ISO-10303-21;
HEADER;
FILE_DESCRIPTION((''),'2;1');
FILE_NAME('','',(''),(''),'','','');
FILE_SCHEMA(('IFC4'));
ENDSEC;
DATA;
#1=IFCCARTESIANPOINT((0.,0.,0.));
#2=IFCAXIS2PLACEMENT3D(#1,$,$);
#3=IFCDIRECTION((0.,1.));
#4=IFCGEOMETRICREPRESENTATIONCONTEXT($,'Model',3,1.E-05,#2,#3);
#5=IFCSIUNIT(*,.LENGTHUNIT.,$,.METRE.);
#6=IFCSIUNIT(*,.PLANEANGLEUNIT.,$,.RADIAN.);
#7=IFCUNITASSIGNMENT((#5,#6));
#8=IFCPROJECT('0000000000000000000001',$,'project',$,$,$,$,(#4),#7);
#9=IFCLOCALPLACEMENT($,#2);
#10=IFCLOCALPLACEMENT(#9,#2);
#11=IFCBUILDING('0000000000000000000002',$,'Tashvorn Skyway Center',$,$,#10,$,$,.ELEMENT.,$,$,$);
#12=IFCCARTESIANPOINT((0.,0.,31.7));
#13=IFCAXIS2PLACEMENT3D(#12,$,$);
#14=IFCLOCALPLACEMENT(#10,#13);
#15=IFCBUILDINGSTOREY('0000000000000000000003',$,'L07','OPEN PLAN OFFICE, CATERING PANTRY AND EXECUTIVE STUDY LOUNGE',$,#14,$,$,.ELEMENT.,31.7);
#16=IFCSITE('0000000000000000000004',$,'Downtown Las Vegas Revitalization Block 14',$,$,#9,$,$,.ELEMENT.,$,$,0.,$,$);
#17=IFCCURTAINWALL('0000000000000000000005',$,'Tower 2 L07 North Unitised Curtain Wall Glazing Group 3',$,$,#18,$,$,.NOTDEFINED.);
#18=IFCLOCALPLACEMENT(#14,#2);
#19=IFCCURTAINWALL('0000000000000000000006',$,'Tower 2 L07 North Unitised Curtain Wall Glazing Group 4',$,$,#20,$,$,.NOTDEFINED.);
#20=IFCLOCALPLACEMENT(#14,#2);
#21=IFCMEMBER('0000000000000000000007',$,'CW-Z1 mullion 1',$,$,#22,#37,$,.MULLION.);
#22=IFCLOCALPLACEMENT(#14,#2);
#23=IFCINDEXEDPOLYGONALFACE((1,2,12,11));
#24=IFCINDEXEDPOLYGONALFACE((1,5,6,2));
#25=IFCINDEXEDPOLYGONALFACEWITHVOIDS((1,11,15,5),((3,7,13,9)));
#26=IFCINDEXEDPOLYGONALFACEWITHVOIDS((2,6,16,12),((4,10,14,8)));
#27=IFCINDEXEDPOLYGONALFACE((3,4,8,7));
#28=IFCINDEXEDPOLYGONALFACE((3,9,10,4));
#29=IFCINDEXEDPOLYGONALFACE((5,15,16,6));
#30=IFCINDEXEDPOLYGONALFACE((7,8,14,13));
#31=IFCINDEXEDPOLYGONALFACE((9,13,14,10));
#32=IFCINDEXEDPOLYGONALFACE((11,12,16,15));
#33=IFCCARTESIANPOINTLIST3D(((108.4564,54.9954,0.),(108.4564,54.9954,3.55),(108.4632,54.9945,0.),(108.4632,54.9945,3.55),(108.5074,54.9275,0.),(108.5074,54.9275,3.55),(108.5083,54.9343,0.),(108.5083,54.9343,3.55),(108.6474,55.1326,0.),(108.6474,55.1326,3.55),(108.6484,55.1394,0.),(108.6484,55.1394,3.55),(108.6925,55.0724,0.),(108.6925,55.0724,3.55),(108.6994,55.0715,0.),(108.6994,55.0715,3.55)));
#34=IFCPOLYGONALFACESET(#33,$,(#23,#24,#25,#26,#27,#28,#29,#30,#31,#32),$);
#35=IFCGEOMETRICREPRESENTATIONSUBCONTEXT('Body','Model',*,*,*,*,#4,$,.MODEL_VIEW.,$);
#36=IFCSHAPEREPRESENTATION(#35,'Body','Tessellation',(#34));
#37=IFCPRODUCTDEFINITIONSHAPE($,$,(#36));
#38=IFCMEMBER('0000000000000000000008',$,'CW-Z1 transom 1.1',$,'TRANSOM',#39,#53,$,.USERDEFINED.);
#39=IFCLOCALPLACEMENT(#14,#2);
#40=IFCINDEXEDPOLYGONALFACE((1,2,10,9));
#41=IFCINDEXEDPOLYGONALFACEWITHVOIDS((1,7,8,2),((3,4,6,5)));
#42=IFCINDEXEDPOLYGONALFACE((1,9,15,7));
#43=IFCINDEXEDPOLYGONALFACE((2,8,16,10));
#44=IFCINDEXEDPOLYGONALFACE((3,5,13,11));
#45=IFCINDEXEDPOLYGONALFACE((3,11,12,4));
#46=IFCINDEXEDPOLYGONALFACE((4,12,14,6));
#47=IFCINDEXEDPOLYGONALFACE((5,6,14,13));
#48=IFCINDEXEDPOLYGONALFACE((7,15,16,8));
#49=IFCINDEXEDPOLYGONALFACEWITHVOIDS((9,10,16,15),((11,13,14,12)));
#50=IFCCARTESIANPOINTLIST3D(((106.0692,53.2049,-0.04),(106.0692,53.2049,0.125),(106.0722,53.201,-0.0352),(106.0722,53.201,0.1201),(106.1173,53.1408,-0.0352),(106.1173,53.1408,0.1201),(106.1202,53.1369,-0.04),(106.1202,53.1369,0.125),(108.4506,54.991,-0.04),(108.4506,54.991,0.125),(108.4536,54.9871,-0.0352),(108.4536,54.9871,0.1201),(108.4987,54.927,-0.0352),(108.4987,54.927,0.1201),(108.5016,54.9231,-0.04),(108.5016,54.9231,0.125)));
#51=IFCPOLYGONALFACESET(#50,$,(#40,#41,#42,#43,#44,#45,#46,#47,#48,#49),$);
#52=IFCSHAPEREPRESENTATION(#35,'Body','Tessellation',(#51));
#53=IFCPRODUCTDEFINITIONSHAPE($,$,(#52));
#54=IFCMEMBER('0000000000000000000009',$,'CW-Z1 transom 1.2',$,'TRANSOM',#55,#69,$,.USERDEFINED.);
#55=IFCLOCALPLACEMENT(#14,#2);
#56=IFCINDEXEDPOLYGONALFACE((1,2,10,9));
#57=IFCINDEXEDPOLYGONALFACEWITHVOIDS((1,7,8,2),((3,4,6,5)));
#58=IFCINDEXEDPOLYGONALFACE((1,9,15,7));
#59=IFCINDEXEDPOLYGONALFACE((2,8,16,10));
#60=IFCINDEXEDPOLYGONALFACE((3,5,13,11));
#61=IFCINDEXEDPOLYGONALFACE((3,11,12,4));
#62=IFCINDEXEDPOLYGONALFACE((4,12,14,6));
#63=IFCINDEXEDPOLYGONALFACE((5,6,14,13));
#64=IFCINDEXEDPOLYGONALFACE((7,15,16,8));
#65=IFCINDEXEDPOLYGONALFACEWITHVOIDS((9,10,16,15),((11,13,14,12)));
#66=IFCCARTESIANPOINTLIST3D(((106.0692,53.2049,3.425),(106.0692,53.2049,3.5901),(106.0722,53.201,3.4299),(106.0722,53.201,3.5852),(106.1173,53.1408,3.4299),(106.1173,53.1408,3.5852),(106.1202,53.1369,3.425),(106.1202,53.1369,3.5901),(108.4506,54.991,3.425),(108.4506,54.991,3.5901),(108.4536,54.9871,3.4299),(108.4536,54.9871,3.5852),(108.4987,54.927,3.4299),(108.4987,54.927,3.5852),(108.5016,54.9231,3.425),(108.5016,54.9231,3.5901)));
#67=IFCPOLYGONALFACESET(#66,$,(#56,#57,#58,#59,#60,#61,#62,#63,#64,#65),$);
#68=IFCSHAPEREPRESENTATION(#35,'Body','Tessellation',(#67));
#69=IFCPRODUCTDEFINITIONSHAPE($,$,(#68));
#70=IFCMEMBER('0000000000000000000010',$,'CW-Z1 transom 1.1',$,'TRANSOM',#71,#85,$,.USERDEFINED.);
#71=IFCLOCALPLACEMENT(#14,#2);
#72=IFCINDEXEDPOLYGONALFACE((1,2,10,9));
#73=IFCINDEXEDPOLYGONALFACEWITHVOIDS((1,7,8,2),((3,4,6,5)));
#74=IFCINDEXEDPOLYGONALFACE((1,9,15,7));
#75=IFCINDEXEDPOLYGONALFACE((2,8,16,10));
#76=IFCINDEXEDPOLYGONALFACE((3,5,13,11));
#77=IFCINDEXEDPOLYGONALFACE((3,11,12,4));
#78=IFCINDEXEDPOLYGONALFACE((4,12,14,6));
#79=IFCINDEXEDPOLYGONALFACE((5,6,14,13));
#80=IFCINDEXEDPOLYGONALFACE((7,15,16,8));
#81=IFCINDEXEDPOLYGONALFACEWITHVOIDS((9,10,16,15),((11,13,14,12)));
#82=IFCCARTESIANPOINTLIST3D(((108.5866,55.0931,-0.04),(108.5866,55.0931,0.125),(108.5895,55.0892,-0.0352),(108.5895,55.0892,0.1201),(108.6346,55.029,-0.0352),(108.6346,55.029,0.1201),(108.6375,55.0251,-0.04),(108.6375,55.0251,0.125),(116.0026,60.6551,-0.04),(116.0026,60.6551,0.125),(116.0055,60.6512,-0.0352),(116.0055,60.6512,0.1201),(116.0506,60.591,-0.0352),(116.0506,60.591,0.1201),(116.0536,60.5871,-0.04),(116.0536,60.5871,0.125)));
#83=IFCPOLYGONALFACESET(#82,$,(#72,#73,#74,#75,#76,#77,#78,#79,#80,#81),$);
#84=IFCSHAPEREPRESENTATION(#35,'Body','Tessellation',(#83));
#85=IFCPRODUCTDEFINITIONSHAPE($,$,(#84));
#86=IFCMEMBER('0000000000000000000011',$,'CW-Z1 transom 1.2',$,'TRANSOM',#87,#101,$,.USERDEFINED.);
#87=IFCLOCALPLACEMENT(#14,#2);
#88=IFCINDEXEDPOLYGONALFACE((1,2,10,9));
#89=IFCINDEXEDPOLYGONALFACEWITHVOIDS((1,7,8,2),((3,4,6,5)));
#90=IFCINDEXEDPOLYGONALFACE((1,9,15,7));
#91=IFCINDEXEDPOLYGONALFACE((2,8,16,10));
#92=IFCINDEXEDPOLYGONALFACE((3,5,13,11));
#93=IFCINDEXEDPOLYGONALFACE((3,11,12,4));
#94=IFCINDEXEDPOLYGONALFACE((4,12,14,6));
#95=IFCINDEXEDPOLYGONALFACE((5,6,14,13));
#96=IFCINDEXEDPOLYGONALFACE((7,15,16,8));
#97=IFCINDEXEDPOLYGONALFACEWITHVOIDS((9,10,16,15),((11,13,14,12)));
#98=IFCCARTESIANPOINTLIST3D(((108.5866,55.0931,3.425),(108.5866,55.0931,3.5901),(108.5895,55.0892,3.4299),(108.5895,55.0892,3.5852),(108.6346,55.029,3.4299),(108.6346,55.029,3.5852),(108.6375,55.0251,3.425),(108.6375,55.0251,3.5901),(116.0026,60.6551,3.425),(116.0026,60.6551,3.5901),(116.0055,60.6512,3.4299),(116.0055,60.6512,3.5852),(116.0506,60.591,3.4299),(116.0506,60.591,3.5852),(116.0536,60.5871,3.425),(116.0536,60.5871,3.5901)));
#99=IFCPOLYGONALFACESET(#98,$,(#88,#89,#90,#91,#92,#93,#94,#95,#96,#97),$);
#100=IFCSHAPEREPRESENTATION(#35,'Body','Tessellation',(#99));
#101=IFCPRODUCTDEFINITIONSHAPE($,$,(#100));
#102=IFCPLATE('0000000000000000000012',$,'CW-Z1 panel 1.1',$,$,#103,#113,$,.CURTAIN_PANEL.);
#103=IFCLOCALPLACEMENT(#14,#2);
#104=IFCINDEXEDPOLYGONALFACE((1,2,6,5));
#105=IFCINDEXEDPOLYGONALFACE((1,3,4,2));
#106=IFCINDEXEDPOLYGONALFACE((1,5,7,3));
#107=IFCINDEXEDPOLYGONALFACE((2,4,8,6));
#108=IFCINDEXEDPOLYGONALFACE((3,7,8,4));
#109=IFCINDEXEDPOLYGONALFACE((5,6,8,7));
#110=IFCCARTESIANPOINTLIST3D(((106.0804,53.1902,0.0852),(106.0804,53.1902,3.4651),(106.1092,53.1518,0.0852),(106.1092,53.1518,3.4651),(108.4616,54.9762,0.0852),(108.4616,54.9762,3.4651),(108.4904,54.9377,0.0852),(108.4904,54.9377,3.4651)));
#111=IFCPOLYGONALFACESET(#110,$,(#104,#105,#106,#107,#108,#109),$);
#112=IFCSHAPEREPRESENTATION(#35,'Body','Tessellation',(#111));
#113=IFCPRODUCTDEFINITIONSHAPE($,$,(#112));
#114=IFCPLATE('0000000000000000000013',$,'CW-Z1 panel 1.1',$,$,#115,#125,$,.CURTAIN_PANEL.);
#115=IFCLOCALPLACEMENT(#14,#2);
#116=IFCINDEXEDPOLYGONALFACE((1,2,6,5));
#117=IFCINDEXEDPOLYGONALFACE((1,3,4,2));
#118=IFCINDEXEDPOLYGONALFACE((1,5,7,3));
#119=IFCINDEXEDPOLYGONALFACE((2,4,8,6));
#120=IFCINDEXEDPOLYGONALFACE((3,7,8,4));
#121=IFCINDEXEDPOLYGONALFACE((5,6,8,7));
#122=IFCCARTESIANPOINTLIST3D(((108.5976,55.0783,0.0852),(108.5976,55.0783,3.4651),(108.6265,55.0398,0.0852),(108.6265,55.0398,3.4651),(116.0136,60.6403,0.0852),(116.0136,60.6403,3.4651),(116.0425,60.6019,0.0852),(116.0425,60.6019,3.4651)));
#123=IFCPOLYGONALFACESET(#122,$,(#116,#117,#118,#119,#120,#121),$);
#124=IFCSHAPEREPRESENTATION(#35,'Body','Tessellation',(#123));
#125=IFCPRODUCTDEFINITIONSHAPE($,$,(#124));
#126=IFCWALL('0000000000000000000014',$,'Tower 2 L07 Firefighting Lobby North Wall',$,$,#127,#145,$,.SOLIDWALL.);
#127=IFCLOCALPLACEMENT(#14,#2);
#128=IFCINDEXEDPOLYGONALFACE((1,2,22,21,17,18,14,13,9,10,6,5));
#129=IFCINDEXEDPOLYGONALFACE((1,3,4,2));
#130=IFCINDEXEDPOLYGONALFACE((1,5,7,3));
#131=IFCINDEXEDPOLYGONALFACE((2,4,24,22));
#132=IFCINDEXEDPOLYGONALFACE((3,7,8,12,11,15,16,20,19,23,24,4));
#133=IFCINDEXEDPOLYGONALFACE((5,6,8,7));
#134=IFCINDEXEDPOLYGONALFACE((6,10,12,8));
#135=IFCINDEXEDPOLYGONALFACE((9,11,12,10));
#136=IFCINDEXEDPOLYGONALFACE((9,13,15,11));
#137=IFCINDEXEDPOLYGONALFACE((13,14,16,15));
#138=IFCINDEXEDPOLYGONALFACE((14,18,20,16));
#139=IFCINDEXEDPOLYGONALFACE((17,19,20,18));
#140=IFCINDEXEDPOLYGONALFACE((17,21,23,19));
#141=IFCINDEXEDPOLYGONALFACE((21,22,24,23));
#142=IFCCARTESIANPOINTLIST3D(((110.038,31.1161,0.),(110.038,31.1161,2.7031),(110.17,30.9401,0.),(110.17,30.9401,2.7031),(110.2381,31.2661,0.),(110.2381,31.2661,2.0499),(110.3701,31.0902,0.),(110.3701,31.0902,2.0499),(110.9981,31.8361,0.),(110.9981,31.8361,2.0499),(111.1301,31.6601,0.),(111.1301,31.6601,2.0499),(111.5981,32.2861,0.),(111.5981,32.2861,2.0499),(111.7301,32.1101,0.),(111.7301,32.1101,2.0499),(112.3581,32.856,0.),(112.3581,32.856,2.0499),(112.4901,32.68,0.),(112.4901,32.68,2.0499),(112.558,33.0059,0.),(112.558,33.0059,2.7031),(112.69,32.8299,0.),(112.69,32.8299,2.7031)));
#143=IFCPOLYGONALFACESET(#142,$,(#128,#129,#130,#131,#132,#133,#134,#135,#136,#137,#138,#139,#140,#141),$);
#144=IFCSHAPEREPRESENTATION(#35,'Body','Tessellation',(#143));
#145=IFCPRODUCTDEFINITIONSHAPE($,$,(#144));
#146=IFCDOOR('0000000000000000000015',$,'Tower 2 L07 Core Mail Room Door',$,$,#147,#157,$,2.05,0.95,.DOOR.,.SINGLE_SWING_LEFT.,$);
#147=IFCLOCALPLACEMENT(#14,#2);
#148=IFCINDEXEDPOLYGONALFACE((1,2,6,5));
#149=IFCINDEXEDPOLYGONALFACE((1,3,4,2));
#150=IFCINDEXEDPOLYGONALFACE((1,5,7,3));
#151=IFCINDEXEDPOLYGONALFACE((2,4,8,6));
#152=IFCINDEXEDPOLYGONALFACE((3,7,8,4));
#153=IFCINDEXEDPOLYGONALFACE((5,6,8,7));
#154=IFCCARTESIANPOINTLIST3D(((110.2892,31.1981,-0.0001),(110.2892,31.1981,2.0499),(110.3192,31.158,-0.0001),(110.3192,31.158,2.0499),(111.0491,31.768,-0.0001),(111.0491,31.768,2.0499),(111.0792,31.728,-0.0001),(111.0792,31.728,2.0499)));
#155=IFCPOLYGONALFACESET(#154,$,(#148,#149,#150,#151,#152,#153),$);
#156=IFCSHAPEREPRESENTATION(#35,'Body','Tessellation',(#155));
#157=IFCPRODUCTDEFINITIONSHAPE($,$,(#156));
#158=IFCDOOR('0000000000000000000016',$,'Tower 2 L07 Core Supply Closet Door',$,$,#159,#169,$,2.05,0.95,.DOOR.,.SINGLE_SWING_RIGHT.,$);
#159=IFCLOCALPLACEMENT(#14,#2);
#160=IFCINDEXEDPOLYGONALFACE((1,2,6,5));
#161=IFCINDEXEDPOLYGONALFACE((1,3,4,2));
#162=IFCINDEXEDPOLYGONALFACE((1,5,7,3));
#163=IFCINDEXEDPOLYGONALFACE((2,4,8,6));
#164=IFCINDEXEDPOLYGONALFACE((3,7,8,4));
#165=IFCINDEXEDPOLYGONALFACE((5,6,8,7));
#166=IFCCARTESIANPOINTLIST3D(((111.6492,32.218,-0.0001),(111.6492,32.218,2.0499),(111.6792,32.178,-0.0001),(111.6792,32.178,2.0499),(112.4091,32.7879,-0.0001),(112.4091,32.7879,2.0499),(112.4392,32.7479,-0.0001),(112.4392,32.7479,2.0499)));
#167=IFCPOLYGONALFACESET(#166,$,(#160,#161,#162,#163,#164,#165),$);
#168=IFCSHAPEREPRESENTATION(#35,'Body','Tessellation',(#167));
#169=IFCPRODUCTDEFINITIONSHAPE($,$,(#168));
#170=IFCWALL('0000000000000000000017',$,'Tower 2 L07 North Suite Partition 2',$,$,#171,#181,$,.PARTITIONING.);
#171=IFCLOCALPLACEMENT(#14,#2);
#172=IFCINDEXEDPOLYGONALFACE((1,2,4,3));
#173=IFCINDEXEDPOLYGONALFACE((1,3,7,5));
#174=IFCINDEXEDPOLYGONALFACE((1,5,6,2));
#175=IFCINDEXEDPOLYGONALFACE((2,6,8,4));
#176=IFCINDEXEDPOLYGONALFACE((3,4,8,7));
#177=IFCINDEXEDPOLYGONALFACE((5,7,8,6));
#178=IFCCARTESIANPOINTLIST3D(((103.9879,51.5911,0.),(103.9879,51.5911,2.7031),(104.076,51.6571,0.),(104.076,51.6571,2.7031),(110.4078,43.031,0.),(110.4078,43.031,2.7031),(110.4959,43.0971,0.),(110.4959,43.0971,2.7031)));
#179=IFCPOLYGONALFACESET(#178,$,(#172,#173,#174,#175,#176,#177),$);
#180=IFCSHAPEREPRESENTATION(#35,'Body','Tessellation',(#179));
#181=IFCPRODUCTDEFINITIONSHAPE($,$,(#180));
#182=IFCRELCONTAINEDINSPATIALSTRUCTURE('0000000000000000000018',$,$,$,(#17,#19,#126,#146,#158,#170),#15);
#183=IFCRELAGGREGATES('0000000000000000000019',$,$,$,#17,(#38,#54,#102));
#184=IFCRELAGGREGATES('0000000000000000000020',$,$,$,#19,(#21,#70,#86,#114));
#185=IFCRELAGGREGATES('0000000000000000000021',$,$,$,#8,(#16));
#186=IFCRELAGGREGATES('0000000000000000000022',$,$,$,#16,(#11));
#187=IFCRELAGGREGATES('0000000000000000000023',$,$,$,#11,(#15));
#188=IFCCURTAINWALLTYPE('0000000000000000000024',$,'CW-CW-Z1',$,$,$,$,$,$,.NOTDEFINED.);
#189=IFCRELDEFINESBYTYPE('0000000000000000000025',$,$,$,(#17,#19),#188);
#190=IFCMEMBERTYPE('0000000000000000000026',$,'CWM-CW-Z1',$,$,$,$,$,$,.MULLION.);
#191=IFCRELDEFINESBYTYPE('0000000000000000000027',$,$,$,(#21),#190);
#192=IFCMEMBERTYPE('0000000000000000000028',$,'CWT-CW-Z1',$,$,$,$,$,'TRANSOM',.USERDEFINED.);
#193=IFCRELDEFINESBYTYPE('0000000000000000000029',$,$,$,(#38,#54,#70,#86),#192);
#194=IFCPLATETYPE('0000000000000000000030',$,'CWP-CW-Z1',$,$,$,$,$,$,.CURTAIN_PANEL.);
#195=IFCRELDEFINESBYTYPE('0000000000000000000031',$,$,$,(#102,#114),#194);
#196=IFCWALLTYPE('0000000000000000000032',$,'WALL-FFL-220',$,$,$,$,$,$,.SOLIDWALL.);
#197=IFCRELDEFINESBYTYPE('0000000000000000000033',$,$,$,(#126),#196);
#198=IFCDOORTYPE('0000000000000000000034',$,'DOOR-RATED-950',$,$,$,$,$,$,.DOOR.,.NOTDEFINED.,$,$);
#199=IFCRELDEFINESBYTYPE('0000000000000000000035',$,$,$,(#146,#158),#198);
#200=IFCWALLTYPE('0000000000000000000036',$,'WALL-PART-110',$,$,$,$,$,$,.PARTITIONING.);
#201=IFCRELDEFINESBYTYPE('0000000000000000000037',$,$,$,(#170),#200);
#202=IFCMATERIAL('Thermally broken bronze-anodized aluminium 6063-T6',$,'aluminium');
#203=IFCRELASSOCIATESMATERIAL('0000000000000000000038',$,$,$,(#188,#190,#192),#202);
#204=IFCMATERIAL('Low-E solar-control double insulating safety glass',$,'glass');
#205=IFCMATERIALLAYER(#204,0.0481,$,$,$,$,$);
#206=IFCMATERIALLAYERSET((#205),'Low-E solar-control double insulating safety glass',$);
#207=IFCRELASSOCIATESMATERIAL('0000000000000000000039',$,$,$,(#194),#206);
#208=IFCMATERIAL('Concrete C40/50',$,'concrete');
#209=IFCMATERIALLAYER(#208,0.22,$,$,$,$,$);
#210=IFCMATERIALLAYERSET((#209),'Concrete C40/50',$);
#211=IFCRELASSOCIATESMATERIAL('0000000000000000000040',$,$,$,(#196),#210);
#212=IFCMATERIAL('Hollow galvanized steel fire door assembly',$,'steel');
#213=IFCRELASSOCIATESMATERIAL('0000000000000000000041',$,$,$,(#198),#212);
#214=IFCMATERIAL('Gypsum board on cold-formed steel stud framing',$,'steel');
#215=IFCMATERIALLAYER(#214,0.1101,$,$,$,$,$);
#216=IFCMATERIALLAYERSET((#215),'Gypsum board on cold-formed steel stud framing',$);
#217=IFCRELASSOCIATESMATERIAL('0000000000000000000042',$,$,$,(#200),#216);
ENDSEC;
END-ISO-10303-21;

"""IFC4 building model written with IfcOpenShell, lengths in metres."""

from ifc_helpers import new_model, si_unit, direction, frame, frame_2d, origin, origin_2d, place, context, subcontext, project, spatial, rectangle, hollow_rectangle, extrude, material, layer, layer_set, material_profile, profile_set, type_object, element, fill, aggregate, save


model = new_model("IFC4")

# Units and contexts
model_context = context("Model", 3, precision=1e-05, world=origin(), true_north=direction((0.0, 1.0)))
body_context = subcontext(model_context, "Body", "Model", "MODEL_VIEW")
ifc_project = project(units=[si_unit("LENGTHUNIT", "METRE"), si_unit("PLANEANGLEUNIT", "RADIAN")], contexts=[model_context])

# Site, building, storey
site_placement = place(None, origin())
site = spatial("IfcSite", under=ifc_project, at=site_placement, Name="Downtown Las Vegas Revitalization Block 14", CompositionType="ELEMENT", RefElevation=0.0)
building_placement = place(site_placement, origin())
building = spatial("IfcBuilding", under=site, at=building_placement, Name="Tashvorn Skyway Center", CompositionType="ELEMENT")
storey_placement = place(building_placement, frame((0.0, 0.0, 31.7)))
storey = spatial("IfcBuildingStorey", under=building, at=storey_placement, Name="L07", Description="OPEN PLAN OFFICE, CATERING PANTRY AND EXECUTIVE STUDY LOUNGE", CompositionType="ELEMENT", Elevation=31.7)

# Curtain wall
ifc_material_1 = material(Name="Thermally broken bronze-anodized aluminium 6063-T6", Category="aluminium")
curtain_wall_type = type_object("IfcCurtainWallType", Name="CW-CW-Z1", PredefinedType="NOTDEFINED", material=ifc_material_1)
curtain_wall_1_placement = place(storey_placement, origin())
curtain_wall_1 = element("IfcCurtainWall", 1, at=curtain_wall_1_placement, inside=storey, type_object=curtain_wall_type, Name="Tower 2 L07 North Unitised Curtain Wall Glazing Group 3", PredefinedType="NOTDEFINED")
ifc_material_profile_1 = material_profile(ifc_material_1, hollow_rectangle(XDim=0.085, YDim=0.24, WallThickness=0.0049, at=origin_2d()), Name="ALU-MULL-85x240")
ifc_profile_set_1 = profile_set([ifc_material_profile_1], Name="Thermally broken bronze-anodized aluminium 6063-T6")
member_type_1 = type_object("IfcMemberType", Name="CWM-CW-Z1", PredefinedType="MULLION", material=ifc_profile_set_1)

# Curtain wall, member
curtain_wall_2_placement = place(storey_placement, origin())
curtain_wall_2 = element("IfcCurtainWall", 2, at=curtain_wall_2_placement, inside=storey, type_object=curtain_wall_type, Name="Tower 2 L07 North Unitised Curtain Wall Glazing Group 4", PredefinedType="NOTDEFINED")
member_1_placement = place(storey_placement, frame((108.5779, 55.0334, 0.0), z_axis=(0.0, 0.0, 1.0), x_axis=(-0.6, 0.8, 0.0)))
member_1 = element("IfcMember", 3, at=member_1_placement, type_object=member_type_1, Name="CW-Z1 mullion 1", PredefinedType="MULLION", context=body_context, shape_type="SweptSolid", body=[
    extrude(hollow_rectangle(XDim=0.085, YDim=0.24, WallThickness=0.0049, at=origin_2d()), origin(), (0.0, 0.0, 1.0), 3.55),
])

# Members
ifc_material_profile_2 = material_profile(ifc_material_1, hollow_rectangle(XDim=0.085, YDim=0.165, WallThickness=0.0049, at=origin_2d()), Name="ALU-TRAN-85x165")
ifc_profile_set_2 = profile_set([ifc_material_profile_2], Name="Thermally broken bronze-anodized aluminium 6063-T6")
member_type_2 = type_object("IfcMemberType", Name="CWT-CW-Z1", ElementType="TRANSOM", PredefinedType="USERDEFINED", material=ifc_profile_set_2)
member_2_placement = place(storey_placement, frame((106.0947, 53.1709, 0.0425), z_axis=(0.79998, 0.600026, 0.0), x_axis=(-0.600026, 0.79998, 0.0)))
member_2 = element("IfcMember", 4, at=member_2_placement, type_object=member_type_2, Name="CW-Z1 transom 1.1", ObjectType="TRANSOM", PredefinedType="USERDEFINED", context=body_context, shape_type="SweptSolid", body=[
    extrude(hollow_rectangle(XDim=0.085, YDim=0.165, WallThickness=0.0049, at=origin_2d()), origin(), (0.0, 0.0, 1.0), 2.9768),
])
member_3_placement = place(storey_placement, frame((106.0947, 53.1709, 3.5076), z_axis=(0.79998, 0.600026, 0.0), x_axis=(-0.600026, 0.79998, 0.0)))
member_3 = element("IfcMember", 5, at=member_3_placement, type_object=member_type_2, Name="CW-Z1 transom 1.2", ObjectType="TRANSOM", PredefinedType="USERDEFINED", context=body_context, shape_type="SweptSolid", body=[
    extrude(hollow_rectangle(XDim=0.085, YDim=0.165, WallThickness=0.0049, at=origin_2d()), origin(), (0.0, 0.0, 1.0), 2.9768),
])
member_4_placement = place(storey_placement, frame((108.6121, 55.0591, 0.0425), z_axis=(0.8, 0.6, 0.0), x_axis=(-0.6, 0.8, 0.0)))
member_4 = element("IfcMember", 6, at=member_4_placement, type_object=member_type_2, Name="CW-Z1 transom 1.1", ObjectType="TRANSOM", PredefinedType="USERDEFINED", context=body_context, shape_type="SweptSolid", body=[
    extrude(hollow_rectangle(XDim=0.085, YDim=0.165, WallThickness=0.0049, at=origin_2d()), origin(), (0.0, 0.0, 1.0), 9.27),
])
member_5_placement = place(storey_placement, frame((108.6121, 55.0591, 3.5076), z_axis=(0.8, 0.6, 0.0), x_axis=(-0.6, 0.8, 0.0)))
member_5 = element("IfcMember", 7, at=member_5_placement, type_object=member_type_2, Name="CW-Z1 transom 1.2", ObjectType="TRANSOM", PredefinedType="USERDEFINED", context=body_context, shape_type="SweptSolid", body=[
    extrude(hollow_rectangle(XDim=0.085, YDim=0.165, WallThickness=0.0049, at=origin_2d()), origin(), (0.0, 0.0, 1.0), 9.27),
])

# Plates
ifc_material_2 = material(Name="Low-E solar-control double insulating safety glass", Category="glass")
ifc_layer_1 = layer(ifc_material_2, 0.0481)
ifc_layer_set_1 = layer_set([ifc_layer_1], Name="Low-E solar-control double insulating safety glass")
plate_type = type_object("IfcPlateType", Name="CWP-CW-Z1", PredefinedType="CURTAIN_PANEL", material=ifc_layer_set_1)
plate_1_placement = place(storey_placement, frame((107.2854, 54.064, 0.0852), z_axis=(0.0, 0.0, 1.0), x_axis=(0.799996, 0.600005, 0.0)))
plate_1 = element("IfcPlate", 8, at=plate_1_placement, type_object=plate_type, Name="CW-Z1 panel 1.1", PredefinedType="CURTAIN_PANEL", context=body_context, shape_type="SweptSolid", body=[
    extrude(rectangle(XDim=2.9766, YDim=0.0481, at=origin_2d()), origin(), (0.0, 0.0, 1.0), 3.3799),
])
aggregate(curtain_wall_1, [member_2, member_3, plate_1])
plate_2_placement = place(storey_placement, frame((112.3201, 57.8401, 0.0852), z_axis=(0.0, 0.0, 1.0), x_axis=(0.8, 0.6, 0.0)))
plate_2 = element("IfcPlate", 9, at=plate_2_placement, type_object=plate_type, Name="CW-Z1 panel 1.1", PredefinedType="CURTAIN_PANEL", context=body_context, shape_type="SweptSolid", body=[
    extrude(rectangle(XDim=9.27, YDim=0.0481, at=origin_2d()), origin(), (0.0, 0.0, 1.0), 3.3799),
])
aggregate(curtain_wall_2, [member_1, member_4, member_5, plate_2])

# Wall, openings, doors
ifc_material_3 = material(Name="Concrete C40/50", Category="concrete")
ifc_layer_2 = layer(ifc_material_3, 0.22)
ifc_layer_set_2 = layer_set([ifc_layer_2], Name="Concrete C40/50")
wall_type_1 = type_object("IfcWallType", Name="WALL-FFL-220", PredefinedType="SOLIDWALL", material=ifc_layer_set_2)
wall_1_placement = place(storey_placement, frame((110.104, 31.0281, 0.0), z_axis=(0.0, 0.0, 1.0), x_axis=(0.800019, 0.599975, 0.0)))
wall_1 = element("IfcWall", 10, at=wall_1_placement, inside=storey, type_object=wall_type_1, Name="Tower 2 L07 Firefighting Lobby North Wall", PredefinedType="SOLIDWALL", context=body_context, shape_type="SweptSolid", body=[
    extrude(rectangle(XDim=3.1499, YDim=0.22, at=frame_2d((1.575, 0.0))), origin(), (0.0, 0.0, 1.0), 2.7031),
])
opening_1_placement = place(wall_1_placement, frame((0.25, 0.0, 0.0)))
opening_1 = element("IfcOpeningElement", 11, at=opening_1_placement, cuts=wall_1, PredefinedType="OPENING", context=body_context, shape_type="SweptSolid", body=[
    extrude(rectangle(XDim=0.95, YDim=2.05, at=frame_2d((0.4751, 1.0249))), frame((0.0, 0.1199, 0.0), z_axis=(0.0, -1.0, 0.0), x_axis=(1.0, 0.0, 0.0)), (0.0, 0.0, 1.0), 0.24),
])
opening_2_placement = place(wall_1_placement, frame((1.95, 0.0, 0.0)))
opening_2 = element("IfcOpeningElement", 12, at=opening_2_placement, cuts=wall_1, PredefinedType="OPENING", context=body_context, shape_type="SweptSolid", body=[
    extrude(rectangle(XDim=0.95, YDim=2.05, at=frame_2d((0.4751, 1.0249))), frame((0.0, 0.1199, 0.0), z_axis=(0.0, -1.0, 0.0), x_axis=(1.0, 0.0, 0.0)), (0.0, 0.0, 1.0), 0.24),
])
ifc_material_4 = material(Name="Hollow galvanized steel fire door assembly", Category="steel")
door_type = type_object("IfcDoorType", Name="DOOR-RATED-950", OperationType="NOTDEFINED", PredefinedType="DOOR", material=ifc_material_4)
door_1_placement = place(opening_1_placement, origin())
door_1 = element("IfcDoor", 13, at=door_1_placement, inside=storey, type_object=door_type, Name="Tower 2 L07 Core Mail Room Door", OperationType="SINGLE_SWING_LEFT", OverallHeight=2.05, OverallWidth=0.95, PredefinedType="DOOR", context=body_context, shape_type="SweptSolid", body=[
    extrude(rectangle(XDim=0.95, YDim=2.05, at=frame_2d((0.4751, 1.0249))), frame((0.0, 0.0249, 0.0), z_axis=(0.0, -1.0, 0.0), x_axis=(1.0, 0.0, 0.0)), (0.0, 0.0, 1.0), 0.05),
])
fill(opening_1, door_1)
door_2_placement = place(opening_2_placement, origin())
door_2 = element("IfcDoor", 14, at=door_2_placement, inside=storey, type_object=door_type, Name="Tower 2 L07 Core Supply Closet Door", OperationType="SINGLE_SWING_RIGHT", OverallHeight=2.05, OverallWidth=0.95, PredefinedType="DOOR", context=body_context, shape_type="SweptSolid", body=[
    extrude(rectangle(XDim=0.95, YDim=2.05, at=frame_2d((0.4751, 1.0249))), frame((0.0, 0.0249, 0.0), z_axis=(0.0, -1.0, 0.0), x_axis=(1.0, 0.0, 0.0)), (0.0, 0.0, 1.0), 0.05),
])
fill(opening_2, door_2)

# Wall
ifc_material_5 = material(Name="Gypsum board on cold-formed steel stud framing", Category="steel")
ifc_layer_3 = layer(ifc_material_5, 0.1101)
ifc_layer_set_3 = layer_set([ifc_layer_3], Name="Gypsum board on cold-formed steel stud framing")
wall_type_2 = type_object("IfcWallType", Name="WALL-PART-110", PredefinedType="PARTITIONING", material=ifc_layer_set_3)
wall_2_placement = place(storey_placement, frame((110.4519, 43.064, 0.0), z_axis=(0.0, 0.0, 1.0), x_axis=(-0.599993, 0.800005, 0.0)))
element("IfcWall", 15, at=wall_2_placement, inside=storey, type_object=wall_type_2, Name="Tower 2 L07 North Suite Partition 2", PredefinedType="PARTITIONING", context=body_context, shape_type="SweptSolid", body=[
    extrude(rectangle(XDim=10.7, YDim=0.1101, at=frame_2d((5.3501, 0.0))), origin(), (0.0, 0.0, 1.0), 2.7031),
])

save(model, "model.ifc")
